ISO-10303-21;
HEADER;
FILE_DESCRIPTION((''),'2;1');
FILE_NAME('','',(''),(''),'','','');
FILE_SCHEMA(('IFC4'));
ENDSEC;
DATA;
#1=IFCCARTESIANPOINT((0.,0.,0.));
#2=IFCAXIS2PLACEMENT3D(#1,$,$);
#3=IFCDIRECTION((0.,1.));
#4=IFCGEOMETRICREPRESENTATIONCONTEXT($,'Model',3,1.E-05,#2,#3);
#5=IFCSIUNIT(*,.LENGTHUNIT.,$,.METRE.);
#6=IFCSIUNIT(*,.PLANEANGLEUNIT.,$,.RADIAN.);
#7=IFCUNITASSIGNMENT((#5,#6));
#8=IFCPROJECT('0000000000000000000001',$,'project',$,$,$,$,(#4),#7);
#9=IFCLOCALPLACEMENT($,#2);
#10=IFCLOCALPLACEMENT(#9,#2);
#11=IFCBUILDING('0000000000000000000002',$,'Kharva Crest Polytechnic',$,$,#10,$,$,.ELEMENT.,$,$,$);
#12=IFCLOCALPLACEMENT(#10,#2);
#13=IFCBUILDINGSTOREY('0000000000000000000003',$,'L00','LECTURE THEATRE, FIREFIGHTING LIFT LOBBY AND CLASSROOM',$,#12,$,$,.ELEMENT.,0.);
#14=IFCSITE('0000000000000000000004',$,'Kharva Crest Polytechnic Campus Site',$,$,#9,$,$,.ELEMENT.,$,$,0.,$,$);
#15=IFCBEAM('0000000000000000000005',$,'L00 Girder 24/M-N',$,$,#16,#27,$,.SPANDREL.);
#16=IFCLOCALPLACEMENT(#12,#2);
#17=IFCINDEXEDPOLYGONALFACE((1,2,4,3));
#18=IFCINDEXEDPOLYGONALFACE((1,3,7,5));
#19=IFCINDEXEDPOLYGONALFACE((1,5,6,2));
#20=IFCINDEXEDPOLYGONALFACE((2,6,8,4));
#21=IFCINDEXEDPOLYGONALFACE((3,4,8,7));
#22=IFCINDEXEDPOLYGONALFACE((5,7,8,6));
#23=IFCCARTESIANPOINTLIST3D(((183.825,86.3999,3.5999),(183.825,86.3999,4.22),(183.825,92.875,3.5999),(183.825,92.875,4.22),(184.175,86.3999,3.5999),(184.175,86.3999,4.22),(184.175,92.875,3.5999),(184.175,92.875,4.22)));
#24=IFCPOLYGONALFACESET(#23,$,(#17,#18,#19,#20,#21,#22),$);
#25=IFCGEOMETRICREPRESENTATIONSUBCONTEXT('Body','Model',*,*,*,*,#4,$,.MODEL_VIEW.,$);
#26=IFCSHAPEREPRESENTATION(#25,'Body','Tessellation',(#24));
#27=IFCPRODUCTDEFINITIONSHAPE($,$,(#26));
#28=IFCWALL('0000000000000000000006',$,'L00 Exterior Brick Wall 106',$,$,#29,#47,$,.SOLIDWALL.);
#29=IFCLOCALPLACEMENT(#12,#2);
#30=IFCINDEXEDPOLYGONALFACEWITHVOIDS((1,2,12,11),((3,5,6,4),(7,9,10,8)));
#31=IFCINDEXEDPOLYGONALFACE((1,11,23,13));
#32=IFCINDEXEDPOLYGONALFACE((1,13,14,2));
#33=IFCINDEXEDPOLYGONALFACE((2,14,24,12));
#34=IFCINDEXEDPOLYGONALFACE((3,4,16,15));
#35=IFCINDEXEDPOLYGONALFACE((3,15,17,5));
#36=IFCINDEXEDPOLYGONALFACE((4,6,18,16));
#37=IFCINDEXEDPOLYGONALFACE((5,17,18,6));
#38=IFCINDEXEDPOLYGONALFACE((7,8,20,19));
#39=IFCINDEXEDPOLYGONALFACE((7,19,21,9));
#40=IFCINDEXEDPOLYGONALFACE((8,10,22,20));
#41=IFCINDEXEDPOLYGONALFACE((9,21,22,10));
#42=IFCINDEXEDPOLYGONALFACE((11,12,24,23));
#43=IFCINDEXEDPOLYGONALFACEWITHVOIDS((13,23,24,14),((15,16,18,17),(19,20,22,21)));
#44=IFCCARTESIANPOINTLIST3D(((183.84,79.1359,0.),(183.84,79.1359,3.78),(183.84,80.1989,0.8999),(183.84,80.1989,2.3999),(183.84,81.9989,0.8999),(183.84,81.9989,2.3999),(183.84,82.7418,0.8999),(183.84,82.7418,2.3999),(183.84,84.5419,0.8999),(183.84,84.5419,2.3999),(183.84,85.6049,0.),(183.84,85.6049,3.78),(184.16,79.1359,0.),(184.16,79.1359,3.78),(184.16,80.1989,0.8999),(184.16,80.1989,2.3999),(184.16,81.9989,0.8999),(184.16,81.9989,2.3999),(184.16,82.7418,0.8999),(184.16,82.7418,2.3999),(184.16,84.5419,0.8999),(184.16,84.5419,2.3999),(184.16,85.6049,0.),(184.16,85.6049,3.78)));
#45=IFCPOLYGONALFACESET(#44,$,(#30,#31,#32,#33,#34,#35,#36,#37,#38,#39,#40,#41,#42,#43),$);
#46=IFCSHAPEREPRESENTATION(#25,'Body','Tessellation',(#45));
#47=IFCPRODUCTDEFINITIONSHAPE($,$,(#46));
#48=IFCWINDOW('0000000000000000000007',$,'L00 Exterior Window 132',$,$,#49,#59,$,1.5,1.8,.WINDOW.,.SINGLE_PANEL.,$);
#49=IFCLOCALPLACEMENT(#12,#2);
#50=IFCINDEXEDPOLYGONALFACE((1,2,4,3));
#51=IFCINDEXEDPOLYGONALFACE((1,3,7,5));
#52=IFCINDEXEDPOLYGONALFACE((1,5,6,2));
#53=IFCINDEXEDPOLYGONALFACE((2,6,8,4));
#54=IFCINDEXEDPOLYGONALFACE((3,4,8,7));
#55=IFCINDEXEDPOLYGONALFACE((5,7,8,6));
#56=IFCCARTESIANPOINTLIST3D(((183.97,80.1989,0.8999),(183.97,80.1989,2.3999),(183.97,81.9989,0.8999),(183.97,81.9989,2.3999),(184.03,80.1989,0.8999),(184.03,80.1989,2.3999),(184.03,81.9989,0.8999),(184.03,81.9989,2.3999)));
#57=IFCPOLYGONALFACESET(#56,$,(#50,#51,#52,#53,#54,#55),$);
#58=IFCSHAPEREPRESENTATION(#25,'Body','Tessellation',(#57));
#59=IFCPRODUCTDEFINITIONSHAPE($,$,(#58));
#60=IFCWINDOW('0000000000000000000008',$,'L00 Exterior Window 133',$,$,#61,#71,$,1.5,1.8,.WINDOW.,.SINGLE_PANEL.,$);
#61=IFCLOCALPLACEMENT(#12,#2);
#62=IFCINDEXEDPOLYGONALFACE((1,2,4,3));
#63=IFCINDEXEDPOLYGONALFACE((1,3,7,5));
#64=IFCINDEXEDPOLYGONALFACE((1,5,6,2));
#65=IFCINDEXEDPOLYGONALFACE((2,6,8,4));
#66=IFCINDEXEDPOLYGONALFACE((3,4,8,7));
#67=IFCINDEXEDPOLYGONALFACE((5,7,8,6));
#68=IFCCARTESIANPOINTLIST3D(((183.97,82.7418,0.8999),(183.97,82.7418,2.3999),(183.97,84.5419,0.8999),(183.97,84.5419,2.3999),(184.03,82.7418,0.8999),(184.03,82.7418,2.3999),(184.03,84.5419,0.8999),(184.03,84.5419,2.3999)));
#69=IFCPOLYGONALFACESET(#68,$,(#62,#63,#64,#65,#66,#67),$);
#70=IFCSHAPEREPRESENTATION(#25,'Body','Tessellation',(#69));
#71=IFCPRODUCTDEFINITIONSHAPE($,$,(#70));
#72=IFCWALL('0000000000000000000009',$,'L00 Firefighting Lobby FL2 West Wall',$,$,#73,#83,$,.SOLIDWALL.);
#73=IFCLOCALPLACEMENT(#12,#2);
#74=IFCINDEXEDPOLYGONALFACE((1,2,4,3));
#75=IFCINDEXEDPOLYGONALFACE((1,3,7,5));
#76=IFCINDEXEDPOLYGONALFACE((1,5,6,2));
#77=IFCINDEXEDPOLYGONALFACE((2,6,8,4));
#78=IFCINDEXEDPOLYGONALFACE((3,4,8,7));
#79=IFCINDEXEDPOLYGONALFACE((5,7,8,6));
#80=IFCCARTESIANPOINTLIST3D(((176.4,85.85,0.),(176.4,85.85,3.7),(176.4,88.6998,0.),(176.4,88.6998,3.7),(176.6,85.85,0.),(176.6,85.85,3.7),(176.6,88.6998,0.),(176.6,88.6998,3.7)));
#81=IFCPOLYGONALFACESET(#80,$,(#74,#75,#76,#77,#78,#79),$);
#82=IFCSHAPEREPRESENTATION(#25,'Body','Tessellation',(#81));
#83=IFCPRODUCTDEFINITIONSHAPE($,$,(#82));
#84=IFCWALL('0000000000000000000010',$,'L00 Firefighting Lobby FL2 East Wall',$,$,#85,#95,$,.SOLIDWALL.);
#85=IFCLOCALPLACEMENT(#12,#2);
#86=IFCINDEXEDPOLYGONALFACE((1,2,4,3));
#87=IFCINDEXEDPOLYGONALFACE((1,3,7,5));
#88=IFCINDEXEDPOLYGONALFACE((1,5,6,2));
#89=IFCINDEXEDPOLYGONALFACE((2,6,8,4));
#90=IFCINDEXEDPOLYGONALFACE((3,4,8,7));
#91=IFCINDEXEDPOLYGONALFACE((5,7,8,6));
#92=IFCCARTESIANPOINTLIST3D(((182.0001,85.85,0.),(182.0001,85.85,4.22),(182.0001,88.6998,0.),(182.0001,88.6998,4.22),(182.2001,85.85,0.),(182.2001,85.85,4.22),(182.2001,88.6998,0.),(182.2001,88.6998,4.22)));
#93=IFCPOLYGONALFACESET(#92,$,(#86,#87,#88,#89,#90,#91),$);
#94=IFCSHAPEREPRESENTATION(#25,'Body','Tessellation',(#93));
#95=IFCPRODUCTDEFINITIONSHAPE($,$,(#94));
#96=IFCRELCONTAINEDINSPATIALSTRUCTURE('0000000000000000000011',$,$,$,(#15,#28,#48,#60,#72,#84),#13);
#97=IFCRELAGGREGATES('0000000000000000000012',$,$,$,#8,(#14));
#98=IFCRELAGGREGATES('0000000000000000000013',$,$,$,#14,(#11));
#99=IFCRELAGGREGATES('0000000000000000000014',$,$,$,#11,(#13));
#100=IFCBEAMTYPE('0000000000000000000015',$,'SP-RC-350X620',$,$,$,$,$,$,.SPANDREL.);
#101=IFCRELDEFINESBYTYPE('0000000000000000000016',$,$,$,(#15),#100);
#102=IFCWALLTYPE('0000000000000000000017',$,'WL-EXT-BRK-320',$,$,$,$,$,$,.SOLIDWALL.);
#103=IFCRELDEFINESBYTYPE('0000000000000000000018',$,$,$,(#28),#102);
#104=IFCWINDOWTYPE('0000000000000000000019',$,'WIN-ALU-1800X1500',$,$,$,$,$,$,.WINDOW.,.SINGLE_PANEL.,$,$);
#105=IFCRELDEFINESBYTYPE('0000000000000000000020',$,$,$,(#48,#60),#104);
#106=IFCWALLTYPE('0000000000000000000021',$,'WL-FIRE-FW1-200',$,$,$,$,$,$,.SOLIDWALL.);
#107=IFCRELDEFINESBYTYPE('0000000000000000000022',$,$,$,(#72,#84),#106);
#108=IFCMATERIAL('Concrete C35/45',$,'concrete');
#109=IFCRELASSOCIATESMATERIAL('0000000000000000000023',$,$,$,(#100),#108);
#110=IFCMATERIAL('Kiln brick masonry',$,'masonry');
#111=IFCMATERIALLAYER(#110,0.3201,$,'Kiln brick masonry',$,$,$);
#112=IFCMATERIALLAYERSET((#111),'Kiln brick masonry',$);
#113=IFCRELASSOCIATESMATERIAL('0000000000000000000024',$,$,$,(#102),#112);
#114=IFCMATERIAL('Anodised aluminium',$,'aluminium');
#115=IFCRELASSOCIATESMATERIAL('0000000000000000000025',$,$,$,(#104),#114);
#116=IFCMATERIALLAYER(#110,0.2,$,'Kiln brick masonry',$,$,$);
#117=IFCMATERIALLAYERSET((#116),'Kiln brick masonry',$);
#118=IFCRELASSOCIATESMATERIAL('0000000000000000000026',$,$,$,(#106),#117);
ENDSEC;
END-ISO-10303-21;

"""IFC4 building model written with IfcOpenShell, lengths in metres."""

from ifc_helpers import new_model, si_unit, direction, frame, frame_2d, origin, origin_2d, place, context, subcontext, project, spatial, rectangle, extrude, material, layer, layer_set, material_profile, profile_set, type_object, element, fill, save


model = new_model("IFC4")

# Units and contexts
model_context = context("Model", 3, precision=1e-05, world=origin(), true_north=direction((0.0, 1.0)))
body_context = subcontext(model_context, "Body", "Model", "MODEL_VIEW")
ifc_project = project(units=[si_unit("LENGTHUNIT", "METRE"), si_unit("PLANEANGLEUNIT", "RADIAN")], contexts=[model_context])

# Site, building, storey
site_placement = place(None, origin())
site = spatial("IfcSite", under=ifc_project, at=site_placement, Name="Kharva Crest Polytechnic Campus Site", CompositionType="ELEMENT", RefElevation=0.0)
building_placement = place(site_placement, origin())
building = spatial("IfcBuilding", under=site, at=building_placement, Name="Kharva Crest Polytechnic", CompositionType="ELEMENT")
storey_placement = place(building_placement, origin())
storey = spatial("IfcBuildingStorey", under=building, at=storey_placement, Name="L00", Description="LECTURE THEATRE, FIREFIGHTING LIFT LOBBY AND CLASSROOM", CompositionType="ELEMENT", Elevation=0.0)

# Shared definitions
ifc_material_1 = material(Name="Concrete C35/45", Category="concrete")

# Beam
ifc_material_profile_1 = material_profile(ifc_material_1, rectangle(XDim=0.3501, YDim=0.6201, at=origin_2d()), Name="RECT 350 X 620")
ifc_profile_set_1 = profile_set([ifc_material_profile_1], Name="Concrete C35/45")
beam_type_1 = type_object("IfcBeamType", Name="SP-RC-350X620", PredefinedType="SPANDREL", material=ifc_profile_set_1)
beam_1_placement = place(storey_placement, frame((184.0, 86.3999, 3.9099), z_axis=(0.0, 1.0, 0.0), x_axis=(-1.0, 0.0, 0.0)))
element("IfcBeam", 1, at=beam_1_placement, inside=storey, type_object=beam_type_1, Name="L00 Girder 24/M-N", PredefinedType="SPANDREL", context=body_context, shape_type="SweptSolid", body=[
    extrude(rectangle(XDim=0.3501, YDim=0.6201, at=origin_2d()), origin(), (0.0, 0.0, 1.0), 6.4751),
])

# Wall, openings, windows
ifc_material_2 = material(Name="Kiln brick masonry", Category="masonry")
ifc_layer_1 = layer(ifc_material_2, 0.3201, Name="Kiln brick masonry")
ifc_layer_set_1 = layer_set([ifc_layer_1], Name="Kiln brick masonry")
wall_type_1 = type_object("IfcWallType", Name="WL-EXT-BRK-320", PredefinedType="SOLIDWALL", material=ifc_layer_set_1)
wall_1_placement = place(storey_placement, frame((184.0, 79.136, 0.0), z_axis=(0.0, 0.0, 1.0), x_axis=(0.0, 1.0, 0.0)))
wall_1 = element("IfcWall", 2, at=wall_1_placement, inside=storey, type_object=wall_type_1, Name="L00 Exterior Brick Wall 106", PredefinedType="SOLIDWALL", context=body_context, shape_type="SweptSolid", body=[
    extrude(rectangle(XDim=6.469, YDim=0.3201, at=frame_2d((3.2344, 0.0))), origin(), (0.0, 0.0, 1.0), 3.78),
])
opening_1_placement = place(wall_1_placement, frame((1.063, 0.0, 0.8999)))
opening_1 = element("IfcOpeningElement", 3, at=opening_1_placement, cuts=wall_1, PredefinedType="OPENING", context=body_context, shape_type="SweptSolid", body=[
    extrude(rectangle(XDim=1.8, YDim=1.5, at=frame_2d((0.8999, 0.75))), frame((0.0, 0.1699, 0.0), z_axis=(0.0, -1.0, 0.0), x_axis=(1.0, 0.0, 0.0)), (0.0, 0.0, 1.0), 0.3401),
])
opening_2_placement = place(wall_1_placement, frame((3.606, 0.0, 0.8999)))
opening_2 = element("IfcOpeningElement", 4, at=opening_2_placement, cuts=wall_1, PredefinedType="OPENING", context=body_context, shape_type="SweptSolid", body=[
    extrude(rectangle(XDim=1.8, YDim=1.5, at=frame_2d((0.8999, 0.75))), frame((0.0, 0.1699, 0.0), z_axis=(0.0, -1.0, 0.0), x_axis=(1.0, 0.0, 0.0)), (0.0, 0.0, 1.0), 0.3401),
])
ifc_material_3 = material(Name="Anodised aluminium", Category="aluminium")
window_type = type_object("IfcWindowType", Name="WIN-ALU-1800X1500", PartitioningType="SINGLE_PANEL", PredefinedType="WINDOW", material=ifc_material_3)
window_1_placement = place(opening_1_placement, origin())
window_1 = element("IfcWindow", 5, at=window_1_placement, inside=storey, type_object=window_type, Name="L00 Exterior Window 132", OverallHeight=1.5, OverallWidth=1.8, PartitioningType="SINGLE_PANEL", PredefinedType="WINDOW", context=body_context, shape_type="SweptSolid", body=[
    extrude(rectangle(XDim=1.8, YDim=1.5, at=frame_2d((0.8999, 0.75))), frame((0.0, 0.03, 0.0), z_axis=(0.0, -1.0, 0.0), x_axis=(1.0, 0.0, 0.0)), (0.0, 0.0, 1.0), 0.0601),
])
fill(opening_1, window_1)
window_2_placement = place(opening_2_placement, origin())
window_2 = element("IfcWindow", 6, at=window_2_placement, inside=storey, type_object=window_type, Name="L00 Exterior Window 133", OverallHeight=1.5, OverallWidth=1.8, PartitioningType="SINGLE_PANEL", PredefinedType="WINDOW", context=body_context, shape_type="SweptSolid", body=[
    extrude(rectangle(XDim=1.8, YDim=1.5, at=frame_2d((0.8999, 0.75))), frame((0.0, 0.03, 0.0), z_axis=(0.0, -1.0, 0.0), x_axis=(1.0, 0.0, 0.0)), (0.0, 0.0, 1.0), 0.0601),
])
fill(opening_2, window_2)

# Walls
ifc_layer_2 = layer(ifc_material_2, 0.2, Name="Kiln brick masonry")
ifc_layer_set_2 = layer_set([ifc_layer_2], Name="Kiln brick masonry")
wall_type_2 = type_object("IfcWallType", Name="WL-FIRE-FW1-200", PredefinedType="SOLIDWALL", material=ifc_layer_set_2)
wall_2_placement = place(storey_placement, frame((176.5, 85.8501, 0.0), z_axis=(0.0, 0.0, 1.0), x_axis=(0.0, 1.0, 0.0)))
element("IfcWall", 7, at=wall_2_placement, inside=storey, type_object=wall_type_2, Name="L00 Firefighting Lobby FL2 West Wall", PredefinedType="SOLIDWALL", context=body_context, shape_type="SweptSolid", body=[
    extrude(rectangle(XDim=2.8499, YDim=0.2, at=frame_2d((1.4248, 0.0))), origin(), (0.0, 0.0, 1.0), 3.7),
])
wall_3_placement = place(storey_placement, frame((182.1001, 85.8501, 0.0), z_axis=(0.0, 0.0, 1.0), x_axis=(0.0, 1.0, 0.0)))
element("IfcWall", 8, at=wall_3_placement, inside=storey, type_object=wall_type_2, Name="L00 Firefighting Lobby FL2 East Wall", PredefinedType="SOLIDWALL", context=body_context, shape_type="SweptSolid", body=[
    extrude(rectangle(XDim=2.8499, YDim=0.2, at=frame_2d((1.4248, 0.0))), origin(), (0.0, 0.0, 1.0), 4.22),
])

save(model, "model.ifc")
